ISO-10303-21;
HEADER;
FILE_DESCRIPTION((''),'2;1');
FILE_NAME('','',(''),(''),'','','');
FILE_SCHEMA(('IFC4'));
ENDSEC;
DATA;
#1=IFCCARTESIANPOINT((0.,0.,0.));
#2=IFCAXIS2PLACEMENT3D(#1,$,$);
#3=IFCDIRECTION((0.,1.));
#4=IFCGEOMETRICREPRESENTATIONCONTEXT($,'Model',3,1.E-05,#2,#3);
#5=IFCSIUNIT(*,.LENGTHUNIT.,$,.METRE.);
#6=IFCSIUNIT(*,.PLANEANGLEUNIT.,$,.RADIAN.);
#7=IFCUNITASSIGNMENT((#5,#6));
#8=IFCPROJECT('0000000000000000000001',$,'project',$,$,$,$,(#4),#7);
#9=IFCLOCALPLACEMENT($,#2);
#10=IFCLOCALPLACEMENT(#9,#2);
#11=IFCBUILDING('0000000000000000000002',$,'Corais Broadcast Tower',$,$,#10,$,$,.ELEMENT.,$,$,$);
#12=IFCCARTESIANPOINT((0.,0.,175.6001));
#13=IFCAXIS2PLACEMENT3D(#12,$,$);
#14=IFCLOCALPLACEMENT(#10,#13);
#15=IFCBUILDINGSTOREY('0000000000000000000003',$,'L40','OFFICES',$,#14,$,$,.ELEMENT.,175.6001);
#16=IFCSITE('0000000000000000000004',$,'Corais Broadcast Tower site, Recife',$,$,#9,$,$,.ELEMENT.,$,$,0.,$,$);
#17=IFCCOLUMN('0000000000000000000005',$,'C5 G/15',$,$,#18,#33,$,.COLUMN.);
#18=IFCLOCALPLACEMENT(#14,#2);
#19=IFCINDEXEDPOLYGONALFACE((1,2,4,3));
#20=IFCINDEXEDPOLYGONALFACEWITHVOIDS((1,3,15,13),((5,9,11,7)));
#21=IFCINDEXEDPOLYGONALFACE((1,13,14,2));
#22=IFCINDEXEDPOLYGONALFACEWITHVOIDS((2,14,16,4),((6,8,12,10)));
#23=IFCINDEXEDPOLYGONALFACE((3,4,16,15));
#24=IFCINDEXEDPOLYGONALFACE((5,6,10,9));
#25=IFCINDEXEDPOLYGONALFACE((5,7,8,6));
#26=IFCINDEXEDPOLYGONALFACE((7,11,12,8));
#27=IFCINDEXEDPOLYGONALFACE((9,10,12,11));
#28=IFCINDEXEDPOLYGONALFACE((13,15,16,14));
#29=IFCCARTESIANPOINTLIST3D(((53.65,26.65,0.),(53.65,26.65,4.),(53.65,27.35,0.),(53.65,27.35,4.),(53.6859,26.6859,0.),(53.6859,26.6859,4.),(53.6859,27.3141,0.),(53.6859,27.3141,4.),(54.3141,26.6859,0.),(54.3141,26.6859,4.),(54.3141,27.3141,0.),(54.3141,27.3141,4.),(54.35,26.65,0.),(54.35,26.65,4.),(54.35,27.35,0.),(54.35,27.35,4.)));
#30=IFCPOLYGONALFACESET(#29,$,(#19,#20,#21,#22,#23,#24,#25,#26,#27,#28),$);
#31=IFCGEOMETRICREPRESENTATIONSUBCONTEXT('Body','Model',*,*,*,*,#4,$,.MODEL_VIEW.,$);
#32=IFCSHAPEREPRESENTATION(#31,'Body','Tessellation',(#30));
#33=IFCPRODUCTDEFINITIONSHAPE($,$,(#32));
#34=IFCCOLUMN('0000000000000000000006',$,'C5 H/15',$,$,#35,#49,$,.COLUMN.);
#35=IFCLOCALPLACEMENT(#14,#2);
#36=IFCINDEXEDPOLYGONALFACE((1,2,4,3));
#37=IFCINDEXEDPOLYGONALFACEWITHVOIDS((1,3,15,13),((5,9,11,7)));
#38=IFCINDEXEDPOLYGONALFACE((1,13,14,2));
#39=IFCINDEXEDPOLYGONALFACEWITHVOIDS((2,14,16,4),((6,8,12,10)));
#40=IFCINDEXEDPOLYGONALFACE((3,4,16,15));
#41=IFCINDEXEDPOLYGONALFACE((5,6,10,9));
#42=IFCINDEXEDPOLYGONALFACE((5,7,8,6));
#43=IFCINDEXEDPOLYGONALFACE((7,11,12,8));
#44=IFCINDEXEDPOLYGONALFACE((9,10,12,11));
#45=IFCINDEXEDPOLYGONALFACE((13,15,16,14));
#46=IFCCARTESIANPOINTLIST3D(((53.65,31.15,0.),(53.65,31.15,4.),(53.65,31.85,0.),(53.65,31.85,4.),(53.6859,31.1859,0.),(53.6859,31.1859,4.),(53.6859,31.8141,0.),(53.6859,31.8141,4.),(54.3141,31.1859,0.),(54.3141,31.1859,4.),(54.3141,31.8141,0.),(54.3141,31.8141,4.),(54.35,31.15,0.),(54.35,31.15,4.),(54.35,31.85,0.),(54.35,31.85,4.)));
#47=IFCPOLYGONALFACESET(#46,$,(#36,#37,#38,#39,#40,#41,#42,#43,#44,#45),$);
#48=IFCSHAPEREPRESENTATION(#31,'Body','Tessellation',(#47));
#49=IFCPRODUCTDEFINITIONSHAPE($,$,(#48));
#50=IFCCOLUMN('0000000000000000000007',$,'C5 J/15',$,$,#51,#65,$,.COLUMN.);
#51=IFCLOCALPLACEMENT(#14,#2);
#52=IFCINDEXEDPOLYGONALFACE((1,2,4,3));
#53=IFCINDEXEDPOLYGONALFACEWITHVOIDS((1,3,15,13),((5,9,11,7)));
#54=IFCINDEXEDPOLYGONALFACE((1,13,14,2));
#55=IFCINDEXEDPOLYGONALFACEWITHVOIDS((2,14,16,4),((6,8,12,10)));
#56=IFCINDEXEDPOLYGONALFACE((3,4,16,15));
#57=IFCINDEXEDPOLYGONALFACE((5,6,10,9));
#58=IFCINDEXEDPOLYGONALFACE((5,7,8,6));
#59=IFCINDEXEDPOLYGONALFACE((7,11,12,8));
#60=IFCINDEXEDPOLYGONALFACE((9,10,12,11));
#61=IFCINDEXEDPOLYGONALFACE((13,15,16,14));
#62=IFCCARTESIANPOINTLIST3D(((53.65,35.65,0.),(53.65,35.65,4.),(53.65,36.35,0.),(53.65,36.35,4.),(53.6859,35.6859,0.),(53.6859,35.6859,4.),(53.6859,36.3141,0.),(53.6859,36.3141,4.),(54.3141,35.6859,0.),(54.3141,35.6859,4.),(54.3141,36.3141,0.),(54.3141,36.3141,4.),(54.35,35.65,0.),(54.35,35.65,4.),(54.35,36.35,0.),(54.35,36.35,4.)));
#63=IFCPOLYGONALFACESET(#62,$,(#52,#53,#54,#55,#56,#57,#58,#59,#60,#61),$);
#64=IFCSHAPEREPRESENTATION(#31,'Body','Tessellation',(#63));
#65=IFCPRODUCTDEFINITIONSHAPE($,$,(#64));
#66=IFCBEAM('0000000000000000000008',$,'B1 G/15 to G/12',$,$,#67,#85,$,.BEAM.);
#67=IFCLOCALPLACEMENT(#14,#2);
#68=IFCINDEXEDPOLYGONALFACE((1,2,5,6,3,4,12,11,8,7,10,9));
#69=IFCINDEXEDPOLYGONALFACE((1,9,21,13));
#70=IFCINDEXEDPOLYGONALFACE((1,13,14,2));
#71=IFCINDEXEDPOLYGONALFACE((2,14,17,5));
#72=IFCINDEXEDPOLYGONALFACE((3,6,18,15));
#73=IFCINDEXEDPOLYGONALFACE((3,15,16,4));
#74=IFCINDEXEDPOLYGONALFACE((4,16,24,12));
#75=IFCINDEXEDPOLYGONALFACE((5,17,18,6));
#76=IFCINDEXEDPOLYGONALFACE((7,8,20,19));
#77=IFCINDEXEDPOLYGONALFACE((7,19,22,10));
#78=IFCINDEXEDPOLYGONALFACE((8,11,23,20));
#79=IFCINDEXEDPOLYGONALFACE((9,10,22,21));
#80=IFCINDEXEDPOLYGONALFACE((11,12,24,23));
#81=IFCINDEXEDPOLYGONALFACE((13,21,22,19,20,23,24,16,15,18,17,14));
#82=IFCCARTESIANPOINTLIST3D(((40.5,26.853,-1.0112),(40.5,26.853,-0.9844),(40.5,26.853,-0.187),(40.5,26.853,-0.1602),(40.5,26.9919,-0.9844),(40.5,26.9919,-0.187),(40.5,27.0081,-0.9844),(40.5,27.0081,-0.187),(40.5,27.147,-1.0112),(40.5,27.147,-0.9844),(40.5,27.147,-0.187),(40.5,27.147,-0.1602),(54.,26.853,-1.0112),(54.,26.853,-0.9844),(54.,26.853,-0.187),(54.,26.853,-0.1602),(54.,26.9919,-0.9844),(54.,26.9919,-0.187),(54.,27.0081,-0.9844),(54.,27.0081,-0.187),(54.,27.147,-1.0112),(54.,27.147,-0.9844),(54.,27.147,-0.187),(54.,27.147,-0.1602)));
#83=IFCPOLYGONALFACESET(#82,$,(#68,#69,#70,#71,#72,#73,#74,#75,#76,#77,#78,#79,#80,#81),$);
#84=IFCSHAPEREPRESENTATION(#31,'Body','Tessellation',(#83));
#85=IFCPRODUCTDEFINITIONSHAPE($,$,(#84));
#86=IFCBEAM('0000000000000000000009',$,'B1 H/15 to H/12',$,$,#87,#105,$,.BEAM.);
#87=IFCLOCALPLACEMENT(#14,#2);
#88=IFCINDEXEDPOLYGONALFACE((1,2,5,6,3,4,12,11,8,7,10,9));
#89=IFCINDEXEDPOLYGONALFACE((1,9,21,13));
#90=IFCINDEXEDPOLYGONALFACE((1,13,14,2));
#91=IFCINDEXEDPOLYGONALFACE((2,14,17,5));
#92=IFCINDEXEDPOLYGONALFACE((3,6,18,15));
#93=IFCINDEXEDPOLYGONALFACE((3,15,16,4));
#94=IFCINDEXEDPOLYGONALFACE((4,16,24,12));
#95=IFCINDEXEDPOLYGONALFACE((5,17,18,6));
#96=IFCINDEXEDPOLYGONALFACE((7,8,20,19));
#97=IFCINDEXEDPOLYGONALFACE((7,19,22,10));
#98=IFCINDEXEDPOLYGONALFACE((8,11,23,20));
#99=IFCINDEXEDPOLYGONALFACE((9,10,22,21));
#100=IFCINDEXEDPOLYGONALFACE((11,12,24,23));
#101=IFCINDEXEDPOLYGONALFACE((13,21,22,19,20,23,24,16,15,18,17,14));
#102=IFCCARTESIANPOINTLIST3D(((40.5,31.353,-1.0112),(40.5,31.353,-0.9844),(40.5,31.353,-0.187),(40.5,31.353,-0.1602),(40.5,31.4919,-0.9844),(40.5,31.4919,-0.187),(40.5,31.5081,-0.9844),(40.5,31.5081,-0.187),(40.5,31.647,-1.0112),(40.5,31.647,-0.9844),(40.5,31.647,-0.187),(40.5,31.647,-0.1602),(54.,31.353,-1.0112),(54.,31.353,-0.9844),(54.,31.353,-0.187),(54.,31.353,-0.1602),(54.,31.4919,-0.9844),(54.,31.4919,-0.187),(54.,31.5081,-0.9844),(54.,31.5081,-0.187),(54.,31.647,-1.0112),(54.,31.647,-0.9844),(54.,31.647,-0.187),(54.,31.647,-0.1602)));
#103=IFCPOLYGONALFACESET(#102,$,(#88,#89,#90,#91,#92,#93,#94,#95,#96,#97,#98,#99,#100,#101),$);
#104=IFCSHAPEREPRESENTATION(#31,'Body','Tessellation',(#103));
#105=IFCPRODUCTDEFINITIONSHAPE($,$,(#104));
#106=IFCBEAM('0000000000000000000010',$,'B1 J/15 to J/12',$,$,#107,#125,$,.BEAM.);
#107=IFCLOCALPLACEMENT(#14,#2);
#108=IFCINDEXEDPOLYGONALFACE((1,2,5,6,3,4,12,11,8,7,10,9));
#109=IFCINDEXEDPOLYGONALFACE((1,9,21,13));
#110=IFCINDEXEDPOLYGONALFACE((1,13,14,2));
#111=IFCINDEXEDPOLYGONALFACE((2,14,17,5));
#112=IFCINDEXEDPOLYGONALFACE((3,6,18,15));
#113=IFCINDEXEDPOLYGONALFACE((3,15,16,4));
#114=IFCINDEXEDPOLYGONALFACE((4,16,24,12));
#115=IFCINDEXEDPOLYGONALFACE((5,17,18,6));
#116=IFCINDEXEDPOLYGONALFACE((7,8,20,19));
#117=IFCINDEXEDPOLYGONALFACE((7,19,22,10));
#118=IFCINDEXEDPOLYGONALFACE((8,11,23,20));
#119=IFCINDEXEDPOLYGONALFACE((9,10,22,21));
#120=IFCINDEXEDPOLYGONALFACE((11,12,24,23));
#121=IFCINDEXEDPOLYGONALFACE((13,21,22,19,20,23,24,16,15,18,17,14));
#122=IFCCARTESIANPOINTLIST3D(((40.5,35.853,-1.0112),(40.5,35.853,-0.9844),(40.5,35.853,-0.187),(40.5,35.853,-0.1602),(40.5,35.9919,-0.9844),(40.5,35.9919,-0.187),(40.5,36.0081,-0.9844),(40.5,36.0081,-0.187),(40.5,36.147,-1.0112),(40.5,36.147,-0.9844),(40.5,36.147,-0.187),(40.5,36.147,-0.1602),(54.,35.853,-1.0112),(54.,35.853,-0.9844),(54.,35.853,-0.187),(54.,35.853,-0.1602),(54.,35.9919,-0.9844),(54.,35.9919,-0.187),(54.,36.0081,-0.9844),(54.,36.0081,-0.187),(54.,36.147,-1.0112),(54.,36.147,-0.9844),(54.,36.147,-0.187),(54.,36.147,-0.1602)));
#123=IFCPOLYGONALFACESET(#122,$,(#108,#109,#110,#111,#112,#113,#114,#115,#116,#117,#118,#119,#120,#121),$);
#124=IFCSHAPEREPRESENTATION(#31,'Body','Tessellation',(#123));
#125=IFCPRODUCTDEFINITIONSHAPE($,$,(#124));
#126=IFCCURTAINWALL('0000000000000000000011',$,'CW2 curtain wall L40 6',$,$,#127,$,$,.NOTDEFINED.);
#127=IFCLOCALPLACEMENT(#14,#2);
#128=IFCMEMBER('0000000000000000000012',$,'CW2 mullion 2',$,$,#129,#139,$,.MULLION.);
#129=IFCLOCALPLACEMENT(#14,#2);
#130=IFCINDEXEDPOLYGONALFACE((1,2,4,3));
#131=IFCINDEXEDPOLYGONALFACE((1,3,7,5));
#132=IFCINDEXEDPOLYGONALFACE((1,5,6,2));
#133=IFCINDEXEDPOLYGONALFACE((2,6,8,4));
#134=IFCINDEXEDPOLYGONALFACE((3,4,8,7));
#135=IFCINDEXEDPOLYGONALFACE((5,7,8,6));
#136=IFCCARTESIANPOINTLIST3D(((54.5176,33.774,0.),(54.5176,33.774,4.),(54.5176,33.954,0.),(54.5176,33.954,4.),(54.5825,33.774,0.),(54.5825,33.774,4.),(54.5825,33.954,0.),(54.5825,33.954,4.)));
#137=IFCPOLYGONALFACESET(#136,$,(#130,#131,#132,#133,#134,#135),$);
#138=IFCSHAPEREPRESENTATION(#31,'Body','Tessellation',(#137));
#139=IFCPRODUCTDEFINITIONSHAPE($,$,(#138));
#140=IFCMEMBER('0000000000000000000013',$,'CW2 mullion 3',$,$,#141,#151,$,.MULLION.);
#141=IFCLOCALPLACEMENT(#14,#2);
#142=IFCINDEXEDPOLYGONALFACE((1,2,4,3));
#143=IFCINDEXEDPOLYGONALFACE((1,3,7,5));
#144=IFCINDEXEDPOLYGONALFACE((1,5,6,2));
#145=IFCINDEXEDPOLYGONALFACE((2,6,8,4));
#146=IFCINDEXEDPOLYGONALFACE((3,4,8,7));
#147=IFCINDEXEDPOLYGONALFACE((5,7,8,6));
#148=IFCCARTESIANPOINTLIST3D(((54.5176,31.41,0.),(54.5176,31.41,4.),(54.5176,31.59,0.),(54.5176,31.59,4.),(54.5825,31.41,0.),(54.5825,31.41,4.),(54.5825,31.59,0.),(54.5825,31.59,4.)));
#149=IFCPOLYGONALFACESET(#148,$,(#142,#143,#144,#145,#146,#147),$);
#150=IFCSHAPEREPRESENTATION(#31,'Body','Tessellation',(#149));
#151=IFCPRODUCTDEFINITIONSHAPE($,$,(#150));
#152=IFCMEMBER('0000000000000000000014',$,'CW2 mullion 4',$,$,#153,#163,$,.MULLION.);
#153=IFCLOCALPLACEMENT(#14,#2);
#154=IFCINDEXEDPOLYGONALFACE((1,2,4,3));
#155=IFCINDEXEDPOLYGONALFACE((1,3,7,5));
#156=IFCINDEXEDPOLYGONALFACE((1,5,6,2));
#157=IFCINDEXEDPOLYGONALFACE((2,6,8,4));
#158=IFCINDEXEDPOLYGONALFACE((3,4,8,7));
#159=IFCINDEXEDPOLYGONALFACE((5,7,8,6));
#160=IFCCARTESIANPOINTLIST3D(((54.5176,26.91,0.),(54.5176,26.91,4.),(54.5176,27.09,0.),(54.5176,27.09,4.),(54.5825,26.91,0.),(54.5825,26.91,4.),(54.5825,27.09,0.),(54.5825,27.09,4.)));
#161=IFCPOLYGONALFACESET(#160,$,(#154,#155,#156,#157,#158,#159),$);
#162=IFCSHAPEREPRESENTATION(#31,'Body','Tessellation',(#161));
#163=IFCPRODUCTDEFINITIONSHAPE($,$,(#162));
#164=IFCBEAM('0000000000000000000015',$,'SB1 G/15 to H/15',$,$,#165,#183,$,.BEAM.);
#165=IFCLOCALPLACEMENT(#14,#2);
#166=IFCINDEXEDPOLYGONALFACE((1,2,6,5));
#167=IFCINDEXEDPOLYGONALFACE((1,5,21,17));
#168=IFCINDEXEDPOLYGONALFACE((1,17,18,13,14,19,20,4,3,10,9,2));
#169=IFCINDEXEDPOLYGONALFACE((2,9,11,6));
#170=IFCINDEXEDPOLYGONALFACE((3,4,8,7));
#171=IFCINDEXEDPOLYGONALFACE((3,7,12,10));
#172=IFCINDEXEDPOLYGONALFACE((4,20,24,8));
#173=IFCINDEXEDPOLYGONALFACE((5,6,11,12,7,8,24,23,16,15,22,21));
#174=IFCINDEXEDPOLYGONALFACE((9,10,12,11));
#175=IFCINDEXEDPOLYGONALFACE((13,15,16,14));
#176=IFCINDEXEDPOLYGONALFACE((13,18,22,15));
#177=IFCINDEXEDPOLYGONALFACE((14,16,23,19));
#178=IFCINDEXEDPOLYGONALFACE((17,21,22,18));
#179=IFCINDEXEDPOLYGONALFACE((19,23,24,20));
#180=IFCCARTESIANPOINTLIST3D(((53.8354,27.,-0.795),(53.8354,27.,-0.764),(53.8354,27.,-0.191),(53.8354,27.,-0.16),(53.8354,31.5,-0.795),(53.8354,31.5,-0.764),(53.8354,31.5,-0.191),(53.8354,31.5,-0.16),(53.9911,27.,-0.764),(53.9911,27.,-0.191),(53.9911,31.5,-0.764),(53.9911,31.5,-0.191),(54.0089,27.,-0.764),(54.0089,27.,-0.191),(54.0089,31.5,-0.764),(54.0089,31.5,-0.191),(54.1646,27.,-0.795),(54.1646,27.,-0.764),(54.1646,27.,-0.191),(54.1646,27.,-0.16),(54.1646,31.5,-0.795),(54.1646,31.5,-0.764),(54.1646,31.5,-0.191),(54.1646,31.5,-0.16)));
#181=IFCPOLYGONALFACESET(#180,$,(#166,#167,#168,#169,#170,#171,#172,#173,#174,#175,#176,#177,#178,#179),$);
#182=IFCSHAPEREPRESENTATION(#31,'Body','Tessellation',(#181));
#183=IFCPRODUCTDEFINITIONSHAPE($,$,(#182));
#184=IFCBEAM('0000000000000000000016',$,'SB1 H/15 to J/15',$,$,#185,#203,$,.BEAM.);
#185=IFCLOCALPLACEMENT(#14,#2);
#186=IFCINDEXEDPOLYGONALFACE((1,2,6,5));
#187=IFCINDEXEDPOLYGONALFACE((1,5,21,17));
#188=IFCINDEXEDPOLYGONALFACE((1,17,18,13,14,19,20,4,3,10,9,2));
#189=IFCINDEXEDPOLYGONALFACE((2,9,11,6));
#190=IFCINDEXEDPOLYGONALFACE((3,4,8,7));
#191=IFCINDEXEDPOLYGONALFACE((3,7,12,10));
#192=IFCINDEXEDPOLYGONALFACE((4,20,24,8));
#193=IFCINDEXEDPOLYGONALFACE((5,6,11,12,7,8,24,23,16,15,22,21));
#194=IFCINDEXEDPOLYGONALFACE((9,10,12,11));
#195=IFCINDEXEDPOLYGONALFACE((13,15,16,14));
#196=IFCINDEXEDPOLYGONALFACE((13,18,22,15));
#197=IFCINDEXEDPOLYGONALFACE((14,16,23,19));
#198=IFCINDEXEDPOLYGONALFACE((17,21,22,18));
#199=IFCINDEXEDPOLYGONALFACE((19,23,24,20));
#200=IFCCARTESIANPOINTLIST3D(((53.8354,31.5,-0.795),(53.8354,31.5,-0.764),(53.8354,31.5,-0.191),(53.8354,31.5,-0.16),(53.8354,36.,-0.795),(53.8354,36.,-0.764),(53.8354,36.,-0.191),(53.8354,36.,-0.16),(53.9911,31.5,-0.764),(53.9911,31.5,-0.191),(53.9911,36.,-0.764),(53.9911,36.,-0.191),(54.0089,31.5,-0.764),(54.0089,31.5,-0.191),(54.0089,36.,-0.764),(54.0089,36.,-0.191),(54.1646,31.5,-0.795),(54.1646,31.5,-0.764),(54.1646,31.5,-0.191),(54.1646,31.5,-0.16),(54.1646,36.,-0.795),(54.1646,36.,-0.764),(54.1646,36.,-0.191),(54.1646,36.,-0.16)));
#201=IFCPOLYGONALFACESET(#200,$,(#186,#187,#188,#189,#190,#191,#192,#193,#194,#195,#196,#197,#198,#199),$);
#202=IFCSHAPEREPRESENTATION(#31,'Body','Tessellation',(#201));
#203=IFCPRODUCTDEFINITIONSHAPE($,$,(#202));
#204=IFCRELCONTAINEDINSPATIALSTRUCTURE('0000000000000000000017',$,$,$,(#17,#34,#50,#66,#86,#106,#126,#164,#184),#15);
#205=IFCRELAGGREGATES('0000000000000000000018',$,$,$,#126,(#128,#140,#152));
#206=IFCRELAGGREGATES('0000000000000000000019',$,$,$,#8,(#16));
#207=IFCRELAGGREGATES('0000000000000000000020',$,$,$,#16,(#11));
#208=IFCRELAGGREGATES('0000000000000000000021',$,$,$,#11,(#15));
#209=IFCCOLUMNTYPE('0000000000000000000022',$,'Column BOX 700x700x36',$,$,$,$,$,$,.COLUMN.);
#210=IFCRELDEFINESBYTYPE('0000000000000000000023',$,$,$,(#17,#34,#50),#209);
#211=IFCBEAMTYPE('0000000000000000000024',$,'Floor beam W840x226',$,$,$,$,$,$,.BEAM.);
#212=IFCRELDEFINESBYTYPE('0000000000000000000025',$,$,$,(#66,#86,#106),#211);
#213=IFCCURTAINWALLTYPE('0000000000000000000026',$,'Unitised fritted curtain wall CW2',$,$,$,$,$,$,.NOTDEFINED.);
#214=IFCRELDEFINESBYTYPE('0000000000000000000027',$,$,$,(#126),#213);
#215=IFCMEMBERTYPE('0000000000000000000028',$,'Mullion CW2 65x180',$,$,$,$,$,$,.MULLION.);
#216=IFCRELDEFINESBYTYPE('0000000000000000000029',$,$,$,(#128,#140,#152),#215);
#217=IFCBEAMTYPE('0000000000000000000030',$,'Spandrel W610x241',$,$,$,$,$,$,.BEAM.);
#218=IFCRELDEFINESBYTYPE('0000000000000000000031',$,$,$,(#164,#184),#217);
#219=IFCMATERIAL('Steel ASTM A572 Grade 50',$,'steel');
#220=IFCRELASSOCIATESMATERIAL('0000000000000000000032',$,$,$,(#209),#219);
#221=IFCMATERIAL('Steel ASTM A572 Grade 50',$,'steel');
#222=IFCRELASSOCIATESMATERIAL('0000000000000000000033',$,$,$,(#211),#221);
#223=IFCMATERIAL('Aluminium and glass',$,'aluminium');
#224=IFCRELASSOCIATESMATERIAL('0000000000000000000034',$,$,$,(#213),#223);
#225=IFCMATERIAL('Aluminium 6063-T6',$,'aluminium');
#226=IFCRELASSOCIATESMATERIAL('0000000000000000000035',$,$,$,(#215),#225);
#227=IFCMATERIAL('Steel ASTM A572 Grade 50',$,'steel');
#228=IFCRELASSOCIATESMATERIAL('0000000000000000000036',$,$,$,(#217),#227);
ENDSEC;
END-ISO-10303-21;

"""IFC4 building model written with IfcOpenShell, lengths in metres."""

from ifc_helpers import new_model, si_unit, direction, frame, origin, origin_2d, place, context, subcontext, project, spatial, rectangle, hollow_rectangle, i_section, extrude, material, material_profile, profile_set, type_object, element, aggregate, save


model = new_model("IFC4")

# Units and contexts
model_context = context("Model", 3, precision=1e-05, world=origin(), true_north=direction((0.0, 1.0)))
body_context = subcontext(model_context, "Body", "Model", "MODEL_VIEW")
ifc_project = project(units=[si_unit("LENGTHUNIT", "METRE"), si_unit("PLANEANGLEUNIT", "RADIAN")], contexts=[model_context])

# Site, building, storey
site_placement = place(None, origin())
site = spatial("IfcSite", under=ifc_project, at=site_placement, Name="Corais Broadcast Tower site, Recife", CompositionType="ELEMENT", RefElevation=0.0)
building_placement = place(site_placement, origin())
building = spatial("IfcBuilding", under=site, at=building_placement, Name="Corais Broadcast Tower", CompositionType="ELEMENT")
storey_placement = place(building_placement, frame((0.0, 0.0, 175.6001)))
storey = spatial("IfcBuildingStorey", under=building, at=storey_placement, Name="L40", Description="OFFICES", CompositionType="ELEMENT", Elevation=175.6001)

# Columns
ifc_material_1 = material(Name="Steel ASTM A572 Grade 50", Category="steel")
ifc_material_profile_1 = material_profile(ifc_material_1, hollow_rectangle(XDim=0.7, YDim=0.7, WallThickness=0.0359, at=origin_2d()), Name="BOX 700x700x36")
ifc_profile_set_1 = profile_set([ifc_material_profile_1], Name="Steel ASTM A572 Grade 50")
column_type = type_object("IfcColumnType", Name="Column BOX 700x700x36", PredefinedType="COLUMN", material=ifc_profile_set_1)
for number, where, z_axis, x_axis, name in (
    (1, (54.0, 27.0, 0.0), (0.0, 0.0, 1.0), (1.0, 0.0, 0.0), "C5 G/15"),
    (2, (54.0, 31.5, 0.0), (0.0, 0.0, 1.0), (1.0, 0.0, 0.0), "C5 H/15"),
    (3, (54.0, 36.0, 0.0), (0.0, 0.0, 1.0), (1.0, 0.0, 0.0), "C5 J/15"),
):
    element("IfcColumn", number, at=place(storey_placement, frame(where, z_axis=z_axis, x_axis=x_axis)), inside=storey, type_object=column_type, Name=name, PredefinedType="COLUMN", context=body_context, shape_type="SweptSolid", body=[
        extrude(hollow_rectangle(XDim=0.7, YDim=0.7, WallThickness=0.0359, at=origin_2d()), origin(), (0.0, 0.0, 1.0), 4.0),
    ])

# Beams
ifc_material_2 = material(Name="Steel ASTM A572 Grade 50", Category="steel")
ifc_material_profile_2 = material_profile(ifc_material_2, i_section(OverallWidth=0.2939, OverallDepth=0.8511, WebThickness=0.0161, FlangeThickness=0.0269, at=origin_2d()), Name="W840x226")
ifc_profile_set_2 = profile_set([ifc_material_profile_2], Name="Steel ASTM A572 Grade 50")
beam_type_1 = type_object("IfcBeamType", Name="Floor beam W840x226", PredefinedType="BEAM", material=ifc_profile_set_2)
for number, where, z_axis, x_axis, name in (
    (4, (54.0, 27.0, -0.5857), (-1.0, 0.0, 0.0), (0.0, -1.0, 0.0), "B1 G/15 to G/12"),
    (5, (54.0, 31.5, -0.5857), (-1.0, 0.0, 0.0), (0.0, -1.0, 0.0), "B1 H/15 to H/12"),
    (6, (54.0, 36.0, -0.5857), (-1.0, 0.0, 0.0), (0.0, -1.0, 0.0), "B1 J/15 to J/12"),
):
    element("IfcBeam", number, at=place(storey_placement, frame(where, z_axis=z_axis, x_axis=x_axis)), inside=storey, type_object=beam_type_1, Name=name, PredefinedType="BEAM", context=body_context, shape_type="SweptSolid", body=[
        extrude(i_section(OverallWidth=0.2939, OverallDepth=0.8511, WebThickness=0.0161, FlangeThickness=0.0269, at=origin_2d()), origin(), (0.0, 0.0, 1.0), 13.5),
    ])

# Curtain wall, members
ifc_material_3 = material(Name="Aluminium and glass", Category="aluminium")
curtain_wall_type = type_object("IfcCurtainWallType", Name="Unitised fritted curtain wall CW2", PredefinedType="NOTDEFINED", material=ifc_material_3)
curtain_wall_placement = place(storey_placement, origin())
curtain_wall = element("IfcCurtainWall", 7, at=curtain_wall_placement, inside=storey, type_object=curtain_wall_type, Name="CW2 curtain wall L40 6", PredefinedType="NOTDEFINED")
ifc_material_4 = material(Name="Aluminium 6063-T6", Category="aluminium")
ifc_material_profile_3 = material_profile(ifc_material_4, rectangle(XDim=0.0649, YDim=0.1799, at=origin_2d()), Name="Mullion CW2 65x180")
ifc_profile_set_3 = profile_set([ifc_material_profile_3], Name="Aluminium 6063-T6")
member_type_1 = type_object("IfcMemberType", Name="Mullion CW2 65x180", PredefinedType="MULLION", material=ifc_profile_set_3)
member_1_placement = place(storey_placement, frame((54.55, 33.864, 0.0), z_axis=(0.0, 0.0, 1.0), x_axis=(1.0, 0.0, 0.0)))
member_1 = element("IfcMember", 8, at=member_1_placement, type_object=member_type_1, Name="CW2 mullion 2", PredefinedType="MULLION", context=body_context, shape_type="SweptSolid", body=[
    extrude(rectangle(XDim=0.0649, YDim=0.1799, at=origin_2d()), origin(), (0.0, 0.0, 1.0), 4.0),
])
member_2_placement = place(storey_placement, frame((54.55, 31.5, 0.0), z_axis=(0.0, 0.0, 1.0), x_axis=(1.0, 0.0, 0.0)))
member_2 = element("IfcMember", 9, at=member_2_placement, type_object=member_type_1, Name="CW2 mullion 3", PredefinedType="MULLION", context=body_context, shape_type="SweptSolid", body=[
    extrude(rectangle(XDim=0.0649, YDim=0.1799, at=origin_2d()), origin(), (0.0, 0.0, 1.0), 4.0),
])
member_3_placement = place(storey_placement, frame((54.55, 27.0, 0.0), z_axis=(0.0, 0.0, 1.0), x_axis=(1.0, 0.0, 0.0)))
member_3 = element("IfcMember", 10, at=member_3_placement, type_object=member_type_1, Name="CW2 mullion 4", PredefinedType="MULLION", context=body_context, shape_type="SweptSolid", body=[
    extrude(rectangle(XDim=0.0649, YDim=0.1799, at=origin_2d()), origin(), (0.0, 0.0, 1.0), 4.0),
])

# Beams
ifc_material_5 = material(Name="Steel ASTM A572 Grade 50", Category="steel")
ifc_material_profile_4 = material_profile(ifc_material_5, i_section(OverallWidth=0.3291, OverallDepth=0.635, WebThickness=0.0178, FlangeThickness=0.031, at=origin_2d()), Name="W610x241")
ifc_profile_set_4 = profile_set([ifc_material_profile_4], Name="Steel ASTM A572 Grade 50")
beam_type_2 = type_object("IfcBeamType", Name="Spandrel W610x241", PredefinedType="BEAM", material=ifc_profile_set_4)
for number, where, z_axis, x_axis, name in (
    (11, (54.0, 27.0, -0.4775), (0.0, 1.0, 0.0), (-1.0, 0.0, 0.0), "SB1 G/15 to H/15"),
    (12, (54.0, 31.5, -0.4775), (0.0, 1.0, 0.0), (-1.0, 0.0, 0.0), "SB1 H/15 to J/15"),
):
    element("IfcBeam", number, at=place(storey_placement, frame(where, z_axis=z_axis, x_axis=x_axis)), inside=storey, type_object=beam_type_2, Name=name, PredefinedType="BEAM", context=body_context, shape_type="SweptSolid", body=[
        extrude(i_section(OverallWidth=0.3291, OverallDepth=0.635, WebThickness=0.0178, FlangeThickness=0.031, at=origin_2d()), origin(), (0.0, 0.0, 1.0), 4.5),
    ])

aggregate(curtain_wall, [member_1, member_2, member_3])

save(model, "model.ifc")
